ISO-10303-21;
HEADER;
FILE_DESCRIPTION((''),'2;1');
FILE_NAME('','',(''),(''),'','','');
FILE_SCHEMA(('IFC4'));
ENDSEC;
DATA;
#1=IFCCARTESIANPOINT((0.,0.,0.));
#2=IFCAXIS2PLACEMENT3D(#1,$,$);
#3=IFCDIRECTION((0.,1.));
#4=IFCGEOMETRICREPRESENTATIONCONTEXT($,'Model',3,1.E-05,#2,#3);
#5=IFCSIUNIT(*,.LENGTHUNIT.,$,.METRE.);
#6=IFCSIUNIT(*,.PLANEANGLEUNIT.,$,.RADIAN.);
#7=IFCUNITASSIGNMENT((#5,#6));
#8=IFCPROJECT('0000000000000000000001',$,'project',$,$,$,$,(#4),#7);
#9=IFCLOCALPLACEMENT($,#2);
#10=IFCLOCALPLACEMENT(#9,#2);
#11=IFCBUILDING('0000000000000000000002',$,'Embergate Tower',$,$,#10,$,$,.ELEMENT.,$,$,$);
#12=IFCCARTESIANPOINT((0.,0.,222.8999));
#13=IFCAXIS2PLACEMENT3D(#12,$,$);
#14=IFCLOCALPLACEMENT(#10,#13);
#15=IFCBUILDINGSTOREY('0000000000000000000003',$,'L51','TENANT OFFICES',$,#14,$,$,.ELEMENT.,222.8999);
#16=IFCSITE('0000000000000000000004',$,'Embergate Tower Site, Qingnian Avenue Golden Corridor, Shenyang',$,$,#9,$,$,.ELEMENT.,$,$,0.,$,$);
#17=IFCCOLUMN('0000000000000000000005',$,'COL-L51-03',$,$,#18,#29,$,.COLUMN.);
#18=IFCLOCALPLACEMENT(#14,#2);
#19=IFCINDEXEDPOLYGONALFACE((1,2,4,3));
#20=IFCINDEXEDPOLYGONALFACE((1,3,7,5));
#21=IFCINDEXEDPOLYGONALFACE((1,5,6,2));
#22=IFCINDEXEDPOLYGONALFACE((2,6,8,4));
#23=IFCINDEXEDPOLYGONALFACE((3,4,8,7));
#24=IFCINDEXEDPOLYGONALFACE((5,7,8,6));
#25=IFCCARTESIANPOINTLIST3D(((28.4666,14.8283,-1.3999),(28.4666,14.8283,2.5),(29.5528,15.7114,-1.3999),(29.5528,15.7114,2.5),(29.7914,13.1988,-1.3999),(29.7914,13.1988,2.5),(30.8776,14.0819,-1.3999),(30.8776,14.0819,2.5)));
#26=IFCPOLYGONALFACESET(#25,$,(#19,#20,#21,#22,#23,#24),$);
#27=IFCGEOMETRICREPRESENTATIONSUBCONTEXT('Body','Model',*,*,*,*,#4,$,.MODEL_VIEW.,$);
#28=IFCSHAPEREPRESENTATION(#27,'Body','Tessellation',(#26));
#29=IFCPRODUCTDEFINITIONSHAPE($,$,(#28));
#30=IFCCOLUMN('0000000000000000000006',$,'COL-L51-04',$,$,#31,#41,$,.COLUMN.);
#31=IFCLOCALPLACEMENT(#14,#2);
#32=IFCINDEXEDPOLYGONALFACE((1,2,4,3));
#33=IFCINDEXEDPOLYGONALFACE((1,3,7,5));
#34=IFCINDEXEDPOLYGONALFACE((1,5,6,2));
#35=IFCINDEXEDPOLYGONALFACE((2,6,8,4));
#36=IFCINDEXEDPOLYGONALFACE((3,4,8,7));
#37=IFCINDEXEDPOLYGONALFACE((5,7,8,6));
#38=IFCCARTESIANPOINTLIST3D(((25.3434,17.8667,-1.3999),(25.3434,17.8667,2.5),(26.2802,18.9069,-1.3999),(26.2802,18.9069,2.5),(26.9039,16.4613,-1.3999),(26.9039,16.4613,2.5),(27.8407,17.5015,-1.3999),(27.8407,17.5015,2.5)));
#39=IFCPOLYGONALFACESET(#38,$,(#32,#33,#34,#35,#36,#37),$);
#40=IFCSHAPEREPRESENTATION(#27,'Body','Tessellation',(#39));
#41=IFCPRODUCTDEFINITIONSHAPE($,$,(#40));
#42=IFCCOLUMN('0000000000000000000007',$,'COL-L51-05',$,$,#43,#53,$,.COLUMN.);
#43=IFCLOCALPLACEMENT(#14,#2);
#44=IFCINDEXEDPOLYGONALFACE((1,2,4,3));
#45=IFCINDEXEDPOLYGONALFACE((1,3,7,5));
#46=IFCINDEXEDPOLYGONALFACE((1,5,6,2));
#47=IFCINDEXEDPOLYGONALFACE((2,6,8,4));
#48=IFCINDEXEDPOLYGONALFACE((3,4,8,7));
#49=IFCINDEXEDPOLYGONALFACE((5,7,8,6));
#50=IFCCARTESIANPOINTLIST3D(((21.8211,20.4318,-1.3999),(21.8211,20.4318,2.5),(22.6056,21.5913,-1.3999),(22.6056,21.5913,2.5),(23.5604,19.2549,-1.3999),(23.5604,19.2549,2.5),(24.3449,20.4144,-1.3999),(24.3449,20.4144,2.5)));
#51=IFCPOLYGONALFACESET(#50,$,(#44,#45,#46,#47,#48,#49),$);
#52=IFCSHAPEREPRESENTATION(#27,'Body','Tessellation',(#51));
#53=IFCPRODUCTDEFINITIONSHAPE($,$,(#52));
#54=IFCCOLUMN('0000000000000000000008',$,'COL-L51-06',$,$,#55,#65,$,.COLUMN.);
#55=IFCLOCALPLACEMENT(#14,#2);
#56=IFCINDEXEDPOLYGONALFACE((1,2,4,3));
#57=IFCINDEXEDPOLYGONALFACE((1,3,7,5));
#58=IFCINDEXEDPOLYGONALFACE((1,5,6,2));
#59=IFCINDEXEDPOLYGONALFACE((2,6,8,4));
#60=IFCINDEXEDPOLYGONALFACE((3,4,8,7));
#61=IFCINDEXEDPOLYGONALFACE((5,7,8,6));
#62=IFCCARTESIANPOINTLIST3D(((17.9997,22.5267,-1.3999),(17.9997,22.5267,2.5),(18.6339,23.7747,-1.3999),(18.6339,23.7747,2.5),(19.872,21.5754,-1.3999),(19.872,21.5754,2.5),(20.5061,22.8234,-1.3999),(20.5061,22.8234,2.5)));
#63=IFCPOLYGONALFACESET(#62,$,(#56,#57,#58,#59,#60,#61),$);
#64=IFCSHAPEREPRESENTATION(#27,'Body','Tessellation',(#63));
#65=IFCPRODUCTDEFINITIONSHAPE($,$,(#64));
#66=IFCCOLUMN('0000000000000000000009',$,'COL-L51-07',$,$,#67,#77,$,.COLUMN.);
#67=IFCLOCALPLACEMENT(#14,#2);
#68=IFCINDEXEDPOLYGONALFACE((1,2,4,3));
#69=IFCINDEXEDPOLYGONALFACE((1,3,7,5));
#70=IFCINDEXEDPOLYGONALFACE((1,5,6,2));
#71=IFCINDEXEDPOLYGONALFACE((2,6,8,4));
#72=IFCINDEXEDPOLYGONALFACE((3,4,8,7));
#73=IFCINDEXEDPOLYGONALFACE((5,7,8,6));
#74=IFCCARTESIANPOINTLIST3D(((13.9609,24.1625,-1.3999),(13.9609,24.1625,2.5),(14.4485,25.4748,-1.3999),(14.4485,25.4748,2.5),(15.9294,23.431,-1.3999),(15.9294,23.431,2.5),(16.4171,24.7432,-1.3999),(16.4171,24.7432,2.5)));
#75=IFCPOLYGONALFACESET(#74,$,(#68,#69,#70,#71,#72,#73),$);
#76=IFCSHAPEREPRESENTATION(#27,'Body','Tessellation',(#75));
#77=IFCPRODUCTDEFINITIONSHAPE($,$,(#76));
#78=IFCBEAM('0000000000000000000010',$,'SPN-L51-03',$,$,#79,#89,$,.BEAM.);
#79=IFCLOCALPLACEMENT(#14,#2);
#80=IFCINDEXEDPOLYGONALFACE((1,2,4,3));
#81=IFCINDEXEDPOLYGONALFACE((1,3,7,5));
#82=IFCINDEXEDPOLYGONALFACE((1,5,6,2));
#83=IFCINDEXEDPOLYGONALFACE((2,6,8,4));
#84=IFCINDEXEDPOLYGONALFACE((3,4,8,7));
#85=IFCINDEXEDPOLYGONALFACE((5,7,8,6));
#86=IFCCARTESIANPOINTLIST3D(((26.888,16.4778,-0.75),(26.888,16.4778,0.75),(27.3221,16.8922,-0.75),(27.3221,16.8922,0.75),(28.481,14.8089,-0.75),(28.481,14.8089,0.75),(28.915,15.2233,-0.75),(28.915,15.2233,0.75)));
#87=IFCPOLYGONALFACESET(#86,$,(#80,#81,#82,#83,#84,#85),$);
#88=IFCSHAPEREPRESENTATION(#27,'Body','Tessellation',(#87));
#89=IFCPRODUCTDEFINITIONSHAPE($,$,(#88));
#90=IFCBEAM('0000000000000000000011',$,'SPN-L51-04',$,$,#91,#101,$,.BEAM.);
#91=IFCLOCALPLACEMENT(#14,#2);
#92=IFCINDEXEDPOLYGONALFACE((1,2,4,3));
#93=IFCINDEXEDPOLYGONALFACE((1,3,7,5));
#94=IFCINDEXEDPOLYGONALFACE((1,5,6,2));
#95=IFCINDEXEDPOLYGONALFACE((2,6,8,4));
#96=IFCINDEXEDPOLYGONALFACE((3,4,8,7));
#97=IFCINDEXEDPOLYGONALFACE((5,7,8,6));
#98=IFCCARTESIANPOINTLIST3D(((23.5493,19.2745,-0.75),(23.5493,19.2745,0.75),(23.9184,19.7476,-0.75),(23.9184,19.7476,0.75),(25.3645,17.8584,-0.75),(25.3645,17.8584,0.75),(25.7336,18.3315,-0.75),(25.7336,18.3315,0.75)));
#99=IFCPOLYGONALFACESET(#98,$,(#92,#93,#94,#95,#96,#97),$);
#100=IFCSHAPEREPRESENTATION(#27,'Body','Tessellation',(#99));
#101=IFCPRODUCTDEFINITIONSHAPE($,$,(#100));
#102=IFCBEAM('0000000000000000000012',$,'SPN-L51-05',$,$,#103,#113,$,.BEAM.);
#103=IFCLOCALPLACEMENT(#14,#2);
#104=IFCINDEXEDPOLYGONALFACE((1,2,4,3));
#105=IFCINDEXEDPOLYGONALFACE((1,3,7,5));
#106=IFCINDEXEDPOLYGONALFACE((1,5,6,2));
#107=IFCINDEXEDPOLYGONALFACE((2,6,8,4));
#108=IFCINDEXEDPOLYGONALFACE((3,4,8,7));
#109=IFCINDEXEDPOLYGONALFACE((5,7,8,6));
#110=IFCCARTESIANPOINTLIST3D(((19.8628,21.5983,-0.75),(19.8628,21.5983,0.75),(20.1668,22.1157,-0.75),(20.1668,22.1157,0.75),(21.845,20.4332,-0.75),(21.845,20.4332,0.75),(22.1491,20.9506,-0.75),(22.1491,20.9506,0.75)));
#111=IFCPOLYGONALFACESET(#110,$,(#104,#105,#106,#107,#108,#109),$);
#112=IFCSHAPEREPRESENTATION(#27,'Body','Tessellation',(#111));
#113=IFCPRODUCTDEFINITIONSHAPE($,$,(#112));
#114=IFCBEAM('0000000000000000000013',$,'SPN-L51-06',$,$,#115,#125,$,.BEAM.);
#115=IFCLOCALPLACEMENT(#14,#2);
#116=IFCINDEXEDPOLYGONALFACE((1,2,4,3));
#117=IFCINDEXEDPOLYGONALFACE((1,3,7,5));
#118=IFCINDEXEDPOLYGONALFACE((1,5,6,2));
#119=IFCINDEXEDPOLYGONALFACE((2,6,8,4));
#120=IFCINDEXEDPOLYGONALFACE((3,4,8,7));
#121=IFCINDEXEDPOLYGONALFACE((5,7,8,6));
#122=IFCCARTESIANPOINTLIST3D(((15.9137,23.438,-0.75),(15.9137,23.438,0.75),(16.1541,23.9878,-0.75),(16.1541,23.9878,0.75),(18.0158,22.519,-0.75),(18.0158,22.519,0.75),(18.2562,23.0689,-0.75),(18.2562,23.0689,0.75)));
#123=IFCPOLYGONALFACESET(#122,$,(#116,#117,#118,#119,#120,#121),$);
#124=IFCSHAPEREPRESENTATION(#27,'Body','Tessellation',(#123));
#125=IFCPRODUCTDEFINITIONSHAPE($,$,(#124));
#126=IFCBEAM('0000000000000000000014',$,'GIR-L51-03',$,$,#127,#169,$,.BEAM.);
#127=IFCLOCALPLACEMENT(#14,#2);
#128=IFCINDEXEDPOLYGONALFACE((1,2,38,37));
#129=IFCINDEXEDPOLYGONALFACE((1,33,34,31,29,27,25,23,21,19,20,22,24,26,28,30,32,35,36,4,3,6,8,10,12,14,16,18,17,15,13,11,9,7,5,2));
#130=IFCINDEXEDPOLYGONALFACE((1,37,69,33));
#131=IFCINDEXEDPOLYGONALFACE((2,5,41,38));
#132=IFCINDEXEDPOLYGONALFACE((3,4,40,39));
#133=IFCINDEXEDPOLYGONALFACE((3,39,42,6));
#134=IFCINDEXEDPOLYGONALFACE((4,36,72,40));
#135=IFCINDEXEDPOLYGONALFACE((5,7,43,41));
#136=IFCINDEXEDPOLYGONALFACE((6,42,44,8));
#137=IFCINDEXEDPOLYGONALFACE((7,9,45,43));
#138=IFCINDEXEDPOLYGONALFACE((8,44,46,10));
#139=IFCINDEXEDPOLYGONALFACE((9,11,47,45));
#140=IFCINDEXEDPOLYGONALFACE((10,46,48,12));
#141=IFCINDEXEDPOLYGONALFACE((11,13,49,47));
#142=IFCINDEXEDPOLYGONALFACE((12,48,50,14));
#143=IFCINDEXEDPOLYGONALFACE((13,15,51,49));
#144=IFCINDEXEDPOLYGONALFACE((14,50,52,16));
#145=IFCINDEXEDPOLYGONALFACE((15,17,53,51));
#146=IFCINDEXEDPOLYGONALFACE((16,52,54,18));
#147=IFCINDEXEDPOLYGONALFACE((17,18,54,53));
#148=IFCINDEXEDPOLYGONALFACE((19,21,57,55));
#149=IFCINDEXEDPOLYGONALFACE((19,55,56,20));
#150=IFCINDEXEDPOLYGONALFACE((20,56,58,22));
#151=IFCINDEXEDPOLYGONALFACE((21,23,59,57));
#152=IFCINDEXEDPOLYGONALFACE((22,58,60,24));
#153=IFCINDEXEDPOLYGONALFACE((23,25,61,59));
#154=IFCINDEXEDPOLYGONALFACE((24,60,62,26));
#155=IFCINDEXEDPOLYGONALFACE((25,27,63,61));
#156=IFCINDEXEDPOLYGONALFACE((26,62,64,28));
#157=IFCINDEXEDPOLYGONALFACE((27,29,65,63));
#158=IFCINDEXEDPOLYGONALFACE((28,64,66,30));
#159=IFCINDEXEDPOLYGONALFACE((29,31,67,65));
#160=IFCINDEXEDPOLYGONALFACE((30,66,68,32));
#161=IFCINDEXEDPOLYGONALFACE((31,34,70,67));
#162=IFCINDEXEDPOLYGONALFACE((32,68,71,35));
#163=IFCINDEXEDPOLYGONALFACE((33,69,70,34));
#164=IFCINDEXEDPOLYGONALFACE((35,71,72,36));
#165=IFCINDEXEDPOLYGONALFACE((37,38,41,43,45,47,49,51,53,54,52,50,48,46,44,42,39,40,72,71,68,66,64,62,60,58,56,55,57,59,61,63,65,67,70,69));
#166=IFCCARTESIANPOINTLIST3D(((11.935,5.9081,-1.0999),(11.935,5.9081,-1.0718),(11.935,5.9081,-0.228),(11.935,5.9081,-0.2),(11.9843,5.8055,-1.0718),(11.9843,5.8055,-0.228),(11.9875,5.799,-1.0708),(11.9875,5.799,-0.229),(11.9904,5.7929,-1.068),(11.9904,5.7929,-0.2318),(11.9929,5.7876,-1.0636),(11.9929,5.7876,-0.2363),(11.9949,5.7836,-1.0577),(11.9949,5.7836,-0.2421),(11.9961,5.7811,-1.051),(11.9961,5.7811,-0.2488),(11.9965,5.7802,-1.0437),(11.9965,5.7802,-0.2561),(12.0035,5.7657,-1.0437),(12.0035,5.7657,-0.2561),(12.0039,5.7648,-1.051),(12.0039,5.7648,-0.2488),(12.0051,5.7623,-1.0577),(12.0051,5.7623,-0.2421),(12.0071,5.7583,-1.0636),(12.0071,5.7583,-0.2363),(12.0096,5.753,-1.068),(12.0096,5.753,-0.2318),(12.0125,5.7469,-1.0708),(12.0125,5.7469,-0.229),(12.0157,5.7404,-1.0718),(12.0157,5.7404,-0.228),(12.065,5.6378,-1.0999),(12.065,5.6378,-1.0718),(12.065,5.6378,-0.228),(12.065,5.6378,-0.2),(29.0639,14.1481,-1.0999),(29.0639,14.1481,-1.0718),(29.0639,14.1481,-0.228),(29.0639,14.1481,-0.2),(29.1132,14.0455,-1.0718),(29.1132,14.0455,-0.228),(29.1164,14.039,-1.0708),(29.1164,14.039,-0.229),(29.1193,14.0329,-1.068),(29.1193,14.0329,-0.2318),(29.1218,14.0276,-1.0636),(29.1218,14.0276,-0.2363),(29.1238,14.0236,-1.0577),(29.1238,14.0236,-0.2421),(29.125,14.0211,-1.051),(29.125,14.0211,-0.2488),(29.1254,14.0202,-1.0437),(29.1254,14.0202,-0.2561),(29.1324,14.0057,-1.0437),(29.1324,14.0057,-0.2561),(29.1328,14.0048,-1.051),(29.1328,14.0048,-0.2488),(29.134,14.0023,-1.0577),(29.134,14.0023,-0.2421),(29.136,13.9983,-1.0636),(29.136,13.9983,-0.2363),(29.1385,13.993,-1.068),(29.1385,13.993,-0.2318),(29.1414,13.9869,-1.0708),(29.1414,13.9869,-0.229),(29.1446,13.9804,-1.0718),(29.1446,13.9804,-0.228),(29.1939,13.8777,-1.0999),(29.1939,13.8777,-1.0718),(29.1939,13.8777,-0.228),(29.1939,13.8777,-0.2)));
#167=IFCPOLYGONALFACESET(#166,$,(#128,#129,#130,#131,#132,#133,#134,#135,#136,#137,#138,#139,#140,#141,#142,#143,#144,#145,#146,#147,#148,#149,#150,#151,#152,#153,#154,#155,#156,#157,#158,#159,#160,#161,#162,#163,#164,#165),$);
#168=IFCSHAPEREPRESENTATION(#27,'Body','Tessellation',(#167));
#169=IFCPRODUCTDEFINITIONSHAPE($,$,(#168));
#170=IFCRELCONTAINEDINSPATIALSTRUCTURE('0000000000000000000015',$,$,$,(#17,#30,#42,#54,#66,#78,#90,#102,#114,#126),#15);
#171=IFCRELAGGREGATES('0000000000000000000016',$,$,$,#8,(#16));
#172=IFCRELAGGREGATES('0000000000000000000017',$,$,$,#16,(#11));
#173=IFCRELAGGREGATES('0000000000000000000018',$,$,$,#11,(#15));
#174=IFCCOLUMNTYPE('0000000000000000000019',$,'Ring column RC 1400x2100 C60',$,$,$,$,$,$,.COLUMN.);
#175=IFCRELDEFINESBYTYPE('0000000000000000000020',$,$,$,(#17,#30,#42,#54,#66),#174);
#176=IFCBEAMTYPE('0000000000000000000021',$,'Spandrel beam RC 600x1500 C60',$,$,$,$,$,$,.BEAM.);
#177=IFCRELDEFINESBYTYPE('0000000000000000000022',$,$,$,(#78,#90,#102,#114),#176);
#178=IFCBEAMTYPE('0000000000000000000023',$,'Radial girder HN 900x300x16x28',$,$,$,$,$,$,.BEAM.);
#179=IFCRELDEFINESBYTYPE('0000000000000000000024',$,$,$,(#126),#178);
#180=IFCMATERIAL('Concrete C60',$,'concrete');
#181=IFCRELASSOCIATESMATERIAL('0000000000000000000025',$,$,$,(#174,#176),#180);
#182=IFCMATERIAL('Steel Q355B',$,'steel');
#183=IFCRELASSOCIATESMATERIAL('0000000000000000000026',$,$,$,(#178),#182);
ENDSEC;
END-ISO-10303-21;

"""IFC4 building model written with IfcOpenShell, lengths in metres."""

from ifc_helpers import new_model, si_unit, direction, frame, origin, origin_2d, place, context, subcontext, project, spatial, rectangle, i_section, extrude, source, transform, mapped, material, material_profile, profile_set, type_object, element, save


model = new_model("IFC4")

# Units and contexts
model_context = context("Model", 3, precision=1e-05, world=origin(), true_north=direction((0.0, 1.0)))
body_context = subcontext(model_context, "Body", "Model", "MODEL_VIEW")
ifc_project = project(units=[si_unit("LENGTHUNIT", "METRE"), si_unit("PLANEANGLEUNIT", "RADIAN")], contexts=[model_context])

# Site, building, storey
site_placement = place(None, origin())
site = spatial("IfcSite", under=ifc_project, at=site_placement, Name="Embergate Tower Site, Qingnian Avenue Golden Corridor, Shenyang", CompositionType="ELEMENT", RefElevation=0.0)
building_placement = place(site_placement, origin())
building = spatial("IfcBuilding", under=site, at=building_placement, Name="Embergate Tower", CompositionType="ELEMENT")
storey_placement = place(building_placement, frame((0.0, 0.0, 222.8999)))
storey = spatial("IfcBuildingStorey", under=building, at=storey_placement, Name="L51", Description="TENANT OFFICES", CompositionType="ELEMENT", Elevation=222.8999)

# Columns
ifc_material_1 = material(Name="Concrete C60", Category="concrete")
ifc_material_profile_1 = material_profile(ifc_material_1, rectangle(XDim=1.3999, YDim=2.1001, at=origin_2d()), Name="RC 1400x2100")
ifc_profile_set_1 = profile_set([ifc_material_profile_1], Name="Concrete C60")
column_type = type_object("IfcColumnType", Name="Ring column RC 1400x2100 C60", PredefinedType="COLUMN", material=ifc_profile_set_1)
shared_shape_1 = source(origin(), body_context, "Body", "SweptSolid", [
    extrude(rectangle(XDim=1.3999, YDim=2.1001, at=origin_2d()), origin(), (0.0, 0.0, 1.0), 3.8999),
])
for number, where, z_axis, x_axis, name in (
    (1, (29.6721, 14.4551, -1.3999), (0.0, 0.0, 1.0), (0.775925, 0.630825, 0.0), "COL-L51-03"),
    (2, (26.592, 17.6841, -1.3999), (0.0, 0.0, 1.0), (0.669221, 0.743063, 0.0), "COL-L51-04"),
    (3, (23.083, 20.4231, -1.3999), (0.0, 0.0, 1.0), (0.560393, 0.828227, 0.0), "COL-L51-05"),
    (4, (19.2529, 22.675, -1.3999), (0.0, 0.0, 1.0), (0.453011, 0.891505, 0.0), "COL-L51-06"),
    (5, (15.189, 24.4529, -1.3999), (0.0, 0.0, 1.0), (0.348343, 0.937367, 0.0), "COL-L51-07"),
):
    element("IfcColumn", number, at=place(storey_placement, frame(where, z_axis=z_axis, x_axis=x_axis)), inside=storey, type_object=column_type, Name=name, PredefinedType="COLUMN", context=body_context, shape_type="MappedRepresentation", body=[
        mapped(shared_shape_1, transform((0.0, 0.0, 0.0))),
    ])

# Beams
ifc_material_profile_2 = material_profile(ifc_material_1, rectangle(XDim=0.6001, YDim=1.5, at=origin_2d()), Name="RC 600x1500")
ifc_profile_set_2 = profile_set([ifc_material_profile_2], Name="Concrete C60")
beam_type_1 = type_object("IfcBeamType", Name="Spandrel beam RC 600x1500 C60", PredefinedType="BEAM", material=ifc_profile_set_2)
shared_shape_2 = source(origin(), body_context, "Body", "SweptSolid", [
    extrude(rectangle(XDim=0.6001, YDim=1.5, at=origin_2d()), origin(), (0.0, 0.0, 1.0), 2.3071),
])
beam_1_placement = place(storey_placement, frame((28.698, 15.0161, 0.0), z_axis=(-0.690461, 0.72337, 0.0), x_axis=(-0.72337, -0.690461, 0.0)))
element("IfcBeam", 6, at=beam_1_placement, inside=storey, type_object=beam_type_1, Name="SPN-L51-03", PredefinedType="BEAM", context=body_context, shape_type="MappedRepresentation", body=[
    mapped(shared_shape_2, transform((0.0, 0.0, 0.0))),
])
shared_shape_3 = source(origin(), body_context, "Body", "SweptSolid", [
    extrude(rectangle(XDim=0.6001, YDim=1.5, at=origin_2d()), origin(), (0.0, 0.0, 1.0), 2.3022),
])
beam_2_placement = place(storey_placement, frame((25.5491, 18.095, 0.0), z_axis=(-0.788466, 0.615078, 0.0), x_axis=(-0.615078, -0.788466, 0.0)))
element("IfcBeam", 7, at=beam_2_placement, inside=storey, type_object=beam_type_1, Name="SPN-L51-04", PredefinedType="BEAM", context=body_context, shape_type="MappedRepresentation", body=[
    mapped(shared_shape_3, transform((0.0, 0.0, 0.0))),
])
shared_shape_4 = source(origin(), body_context, "Body", "SweptSolid", [
    extrude(rectangle(XDim=0.6001, YDim=1.5, at=origin_2d()), origin(), (0.0, 0.0, 1.0), 2.2993),
])
beam_3_placement = place(storey_placement, frame((21.9971, 20.6919, 0.0), z_axis=(-0.862114, 0.506714, 0.0), x_axis=(-0.506714, -0.862114, 0.0)))
element("IfcBeam", 8, at=beam_3_placement, inside=storey, type_object=beam_type_1, Name="SPN-L51-05", PredefinedType="BEAM", context=body_context, shape_type="MappedRepresentation", body=[
    mapped(shared_shape_4, transform((0.0, 0.0, 0.0))),
])
shared_shape_5 = source(origin(), body_context, "Body", "SweptSolid", [
    extrude(rectangle(XDim=0.6001, YDim=1.5, at=origin_2d()), origin(), (0.0, 0.0, 1.0), 2.2942),
])
beam_4_placement = place(storey_placement, frame((18.136, 22.7939, 0.0), z_axis=(-0.91627, 0.400562, 0.0), x_axis=(-0.400562, -0.91627, 0.0)))
element("IfcBeam", 9, at=beam_4_placement, inside=storey, type_object=beam_type_1, Name="SPN-L51-06", PredefinedType="BEAM", context=body_context, shape_type="MappedRepresentation", body=[
    mapped(shared_shape_5, transform((0.0, 0.0, 0.0))),
])
ifc_material_2 = material(Name="Steel Q355B", Category="steel")
ifc_material_profile_3 = material_profile(ifc_material_2, i_section(OverallWidth=0.3, OverallDepth=0.8999, WebThickness=0.0161, FlangeThickness=0.0281, FilletRadius=0.0281, at=origin_2d()), Name="HN 900x300x16x28")
ifc_profile_set_3 = profile_set([ifc_material_profile_3], Name="Steel Q355 grade B")
beam_type_2 = type_object("IfcBeamType", Name="Radial girder HN 900x300x16x28", PredefinedType="BEAM", material=ifc_profile_set_3)
shared_shape_6 = source(origin(), body_context, "Body", "SweptSolid", [
    extrude(i_section(OverallWidth=0.3, OverallDepth=0.8999, WebThickness=0.0161, FlangeThickness=0.0281, FilletRadius=0.0281, at=origin_2d()), origin(), (0.0, 0.0, 1.0), 19.0078),
])
beam_5_placement = place(storey_placement, frame((29.1289, 14.0129, -0.6499), z_axis=(-0.901151, -0.433505, 0.0), x_axis=(0.433505, -0.901151, 0.0)))
element("IfcBeam", 10, at=beam_5_placement, inside=storey, type_object=beam_type_2, Name="GIR-L51-03", PredefinedType="BEAM", context=body_context, shape_type="MappedRepresentation", body=[
    mapped(shared_shape_6, transform((0.0, 0.0, 0.0))),
])

save(model, "model.ifc")
